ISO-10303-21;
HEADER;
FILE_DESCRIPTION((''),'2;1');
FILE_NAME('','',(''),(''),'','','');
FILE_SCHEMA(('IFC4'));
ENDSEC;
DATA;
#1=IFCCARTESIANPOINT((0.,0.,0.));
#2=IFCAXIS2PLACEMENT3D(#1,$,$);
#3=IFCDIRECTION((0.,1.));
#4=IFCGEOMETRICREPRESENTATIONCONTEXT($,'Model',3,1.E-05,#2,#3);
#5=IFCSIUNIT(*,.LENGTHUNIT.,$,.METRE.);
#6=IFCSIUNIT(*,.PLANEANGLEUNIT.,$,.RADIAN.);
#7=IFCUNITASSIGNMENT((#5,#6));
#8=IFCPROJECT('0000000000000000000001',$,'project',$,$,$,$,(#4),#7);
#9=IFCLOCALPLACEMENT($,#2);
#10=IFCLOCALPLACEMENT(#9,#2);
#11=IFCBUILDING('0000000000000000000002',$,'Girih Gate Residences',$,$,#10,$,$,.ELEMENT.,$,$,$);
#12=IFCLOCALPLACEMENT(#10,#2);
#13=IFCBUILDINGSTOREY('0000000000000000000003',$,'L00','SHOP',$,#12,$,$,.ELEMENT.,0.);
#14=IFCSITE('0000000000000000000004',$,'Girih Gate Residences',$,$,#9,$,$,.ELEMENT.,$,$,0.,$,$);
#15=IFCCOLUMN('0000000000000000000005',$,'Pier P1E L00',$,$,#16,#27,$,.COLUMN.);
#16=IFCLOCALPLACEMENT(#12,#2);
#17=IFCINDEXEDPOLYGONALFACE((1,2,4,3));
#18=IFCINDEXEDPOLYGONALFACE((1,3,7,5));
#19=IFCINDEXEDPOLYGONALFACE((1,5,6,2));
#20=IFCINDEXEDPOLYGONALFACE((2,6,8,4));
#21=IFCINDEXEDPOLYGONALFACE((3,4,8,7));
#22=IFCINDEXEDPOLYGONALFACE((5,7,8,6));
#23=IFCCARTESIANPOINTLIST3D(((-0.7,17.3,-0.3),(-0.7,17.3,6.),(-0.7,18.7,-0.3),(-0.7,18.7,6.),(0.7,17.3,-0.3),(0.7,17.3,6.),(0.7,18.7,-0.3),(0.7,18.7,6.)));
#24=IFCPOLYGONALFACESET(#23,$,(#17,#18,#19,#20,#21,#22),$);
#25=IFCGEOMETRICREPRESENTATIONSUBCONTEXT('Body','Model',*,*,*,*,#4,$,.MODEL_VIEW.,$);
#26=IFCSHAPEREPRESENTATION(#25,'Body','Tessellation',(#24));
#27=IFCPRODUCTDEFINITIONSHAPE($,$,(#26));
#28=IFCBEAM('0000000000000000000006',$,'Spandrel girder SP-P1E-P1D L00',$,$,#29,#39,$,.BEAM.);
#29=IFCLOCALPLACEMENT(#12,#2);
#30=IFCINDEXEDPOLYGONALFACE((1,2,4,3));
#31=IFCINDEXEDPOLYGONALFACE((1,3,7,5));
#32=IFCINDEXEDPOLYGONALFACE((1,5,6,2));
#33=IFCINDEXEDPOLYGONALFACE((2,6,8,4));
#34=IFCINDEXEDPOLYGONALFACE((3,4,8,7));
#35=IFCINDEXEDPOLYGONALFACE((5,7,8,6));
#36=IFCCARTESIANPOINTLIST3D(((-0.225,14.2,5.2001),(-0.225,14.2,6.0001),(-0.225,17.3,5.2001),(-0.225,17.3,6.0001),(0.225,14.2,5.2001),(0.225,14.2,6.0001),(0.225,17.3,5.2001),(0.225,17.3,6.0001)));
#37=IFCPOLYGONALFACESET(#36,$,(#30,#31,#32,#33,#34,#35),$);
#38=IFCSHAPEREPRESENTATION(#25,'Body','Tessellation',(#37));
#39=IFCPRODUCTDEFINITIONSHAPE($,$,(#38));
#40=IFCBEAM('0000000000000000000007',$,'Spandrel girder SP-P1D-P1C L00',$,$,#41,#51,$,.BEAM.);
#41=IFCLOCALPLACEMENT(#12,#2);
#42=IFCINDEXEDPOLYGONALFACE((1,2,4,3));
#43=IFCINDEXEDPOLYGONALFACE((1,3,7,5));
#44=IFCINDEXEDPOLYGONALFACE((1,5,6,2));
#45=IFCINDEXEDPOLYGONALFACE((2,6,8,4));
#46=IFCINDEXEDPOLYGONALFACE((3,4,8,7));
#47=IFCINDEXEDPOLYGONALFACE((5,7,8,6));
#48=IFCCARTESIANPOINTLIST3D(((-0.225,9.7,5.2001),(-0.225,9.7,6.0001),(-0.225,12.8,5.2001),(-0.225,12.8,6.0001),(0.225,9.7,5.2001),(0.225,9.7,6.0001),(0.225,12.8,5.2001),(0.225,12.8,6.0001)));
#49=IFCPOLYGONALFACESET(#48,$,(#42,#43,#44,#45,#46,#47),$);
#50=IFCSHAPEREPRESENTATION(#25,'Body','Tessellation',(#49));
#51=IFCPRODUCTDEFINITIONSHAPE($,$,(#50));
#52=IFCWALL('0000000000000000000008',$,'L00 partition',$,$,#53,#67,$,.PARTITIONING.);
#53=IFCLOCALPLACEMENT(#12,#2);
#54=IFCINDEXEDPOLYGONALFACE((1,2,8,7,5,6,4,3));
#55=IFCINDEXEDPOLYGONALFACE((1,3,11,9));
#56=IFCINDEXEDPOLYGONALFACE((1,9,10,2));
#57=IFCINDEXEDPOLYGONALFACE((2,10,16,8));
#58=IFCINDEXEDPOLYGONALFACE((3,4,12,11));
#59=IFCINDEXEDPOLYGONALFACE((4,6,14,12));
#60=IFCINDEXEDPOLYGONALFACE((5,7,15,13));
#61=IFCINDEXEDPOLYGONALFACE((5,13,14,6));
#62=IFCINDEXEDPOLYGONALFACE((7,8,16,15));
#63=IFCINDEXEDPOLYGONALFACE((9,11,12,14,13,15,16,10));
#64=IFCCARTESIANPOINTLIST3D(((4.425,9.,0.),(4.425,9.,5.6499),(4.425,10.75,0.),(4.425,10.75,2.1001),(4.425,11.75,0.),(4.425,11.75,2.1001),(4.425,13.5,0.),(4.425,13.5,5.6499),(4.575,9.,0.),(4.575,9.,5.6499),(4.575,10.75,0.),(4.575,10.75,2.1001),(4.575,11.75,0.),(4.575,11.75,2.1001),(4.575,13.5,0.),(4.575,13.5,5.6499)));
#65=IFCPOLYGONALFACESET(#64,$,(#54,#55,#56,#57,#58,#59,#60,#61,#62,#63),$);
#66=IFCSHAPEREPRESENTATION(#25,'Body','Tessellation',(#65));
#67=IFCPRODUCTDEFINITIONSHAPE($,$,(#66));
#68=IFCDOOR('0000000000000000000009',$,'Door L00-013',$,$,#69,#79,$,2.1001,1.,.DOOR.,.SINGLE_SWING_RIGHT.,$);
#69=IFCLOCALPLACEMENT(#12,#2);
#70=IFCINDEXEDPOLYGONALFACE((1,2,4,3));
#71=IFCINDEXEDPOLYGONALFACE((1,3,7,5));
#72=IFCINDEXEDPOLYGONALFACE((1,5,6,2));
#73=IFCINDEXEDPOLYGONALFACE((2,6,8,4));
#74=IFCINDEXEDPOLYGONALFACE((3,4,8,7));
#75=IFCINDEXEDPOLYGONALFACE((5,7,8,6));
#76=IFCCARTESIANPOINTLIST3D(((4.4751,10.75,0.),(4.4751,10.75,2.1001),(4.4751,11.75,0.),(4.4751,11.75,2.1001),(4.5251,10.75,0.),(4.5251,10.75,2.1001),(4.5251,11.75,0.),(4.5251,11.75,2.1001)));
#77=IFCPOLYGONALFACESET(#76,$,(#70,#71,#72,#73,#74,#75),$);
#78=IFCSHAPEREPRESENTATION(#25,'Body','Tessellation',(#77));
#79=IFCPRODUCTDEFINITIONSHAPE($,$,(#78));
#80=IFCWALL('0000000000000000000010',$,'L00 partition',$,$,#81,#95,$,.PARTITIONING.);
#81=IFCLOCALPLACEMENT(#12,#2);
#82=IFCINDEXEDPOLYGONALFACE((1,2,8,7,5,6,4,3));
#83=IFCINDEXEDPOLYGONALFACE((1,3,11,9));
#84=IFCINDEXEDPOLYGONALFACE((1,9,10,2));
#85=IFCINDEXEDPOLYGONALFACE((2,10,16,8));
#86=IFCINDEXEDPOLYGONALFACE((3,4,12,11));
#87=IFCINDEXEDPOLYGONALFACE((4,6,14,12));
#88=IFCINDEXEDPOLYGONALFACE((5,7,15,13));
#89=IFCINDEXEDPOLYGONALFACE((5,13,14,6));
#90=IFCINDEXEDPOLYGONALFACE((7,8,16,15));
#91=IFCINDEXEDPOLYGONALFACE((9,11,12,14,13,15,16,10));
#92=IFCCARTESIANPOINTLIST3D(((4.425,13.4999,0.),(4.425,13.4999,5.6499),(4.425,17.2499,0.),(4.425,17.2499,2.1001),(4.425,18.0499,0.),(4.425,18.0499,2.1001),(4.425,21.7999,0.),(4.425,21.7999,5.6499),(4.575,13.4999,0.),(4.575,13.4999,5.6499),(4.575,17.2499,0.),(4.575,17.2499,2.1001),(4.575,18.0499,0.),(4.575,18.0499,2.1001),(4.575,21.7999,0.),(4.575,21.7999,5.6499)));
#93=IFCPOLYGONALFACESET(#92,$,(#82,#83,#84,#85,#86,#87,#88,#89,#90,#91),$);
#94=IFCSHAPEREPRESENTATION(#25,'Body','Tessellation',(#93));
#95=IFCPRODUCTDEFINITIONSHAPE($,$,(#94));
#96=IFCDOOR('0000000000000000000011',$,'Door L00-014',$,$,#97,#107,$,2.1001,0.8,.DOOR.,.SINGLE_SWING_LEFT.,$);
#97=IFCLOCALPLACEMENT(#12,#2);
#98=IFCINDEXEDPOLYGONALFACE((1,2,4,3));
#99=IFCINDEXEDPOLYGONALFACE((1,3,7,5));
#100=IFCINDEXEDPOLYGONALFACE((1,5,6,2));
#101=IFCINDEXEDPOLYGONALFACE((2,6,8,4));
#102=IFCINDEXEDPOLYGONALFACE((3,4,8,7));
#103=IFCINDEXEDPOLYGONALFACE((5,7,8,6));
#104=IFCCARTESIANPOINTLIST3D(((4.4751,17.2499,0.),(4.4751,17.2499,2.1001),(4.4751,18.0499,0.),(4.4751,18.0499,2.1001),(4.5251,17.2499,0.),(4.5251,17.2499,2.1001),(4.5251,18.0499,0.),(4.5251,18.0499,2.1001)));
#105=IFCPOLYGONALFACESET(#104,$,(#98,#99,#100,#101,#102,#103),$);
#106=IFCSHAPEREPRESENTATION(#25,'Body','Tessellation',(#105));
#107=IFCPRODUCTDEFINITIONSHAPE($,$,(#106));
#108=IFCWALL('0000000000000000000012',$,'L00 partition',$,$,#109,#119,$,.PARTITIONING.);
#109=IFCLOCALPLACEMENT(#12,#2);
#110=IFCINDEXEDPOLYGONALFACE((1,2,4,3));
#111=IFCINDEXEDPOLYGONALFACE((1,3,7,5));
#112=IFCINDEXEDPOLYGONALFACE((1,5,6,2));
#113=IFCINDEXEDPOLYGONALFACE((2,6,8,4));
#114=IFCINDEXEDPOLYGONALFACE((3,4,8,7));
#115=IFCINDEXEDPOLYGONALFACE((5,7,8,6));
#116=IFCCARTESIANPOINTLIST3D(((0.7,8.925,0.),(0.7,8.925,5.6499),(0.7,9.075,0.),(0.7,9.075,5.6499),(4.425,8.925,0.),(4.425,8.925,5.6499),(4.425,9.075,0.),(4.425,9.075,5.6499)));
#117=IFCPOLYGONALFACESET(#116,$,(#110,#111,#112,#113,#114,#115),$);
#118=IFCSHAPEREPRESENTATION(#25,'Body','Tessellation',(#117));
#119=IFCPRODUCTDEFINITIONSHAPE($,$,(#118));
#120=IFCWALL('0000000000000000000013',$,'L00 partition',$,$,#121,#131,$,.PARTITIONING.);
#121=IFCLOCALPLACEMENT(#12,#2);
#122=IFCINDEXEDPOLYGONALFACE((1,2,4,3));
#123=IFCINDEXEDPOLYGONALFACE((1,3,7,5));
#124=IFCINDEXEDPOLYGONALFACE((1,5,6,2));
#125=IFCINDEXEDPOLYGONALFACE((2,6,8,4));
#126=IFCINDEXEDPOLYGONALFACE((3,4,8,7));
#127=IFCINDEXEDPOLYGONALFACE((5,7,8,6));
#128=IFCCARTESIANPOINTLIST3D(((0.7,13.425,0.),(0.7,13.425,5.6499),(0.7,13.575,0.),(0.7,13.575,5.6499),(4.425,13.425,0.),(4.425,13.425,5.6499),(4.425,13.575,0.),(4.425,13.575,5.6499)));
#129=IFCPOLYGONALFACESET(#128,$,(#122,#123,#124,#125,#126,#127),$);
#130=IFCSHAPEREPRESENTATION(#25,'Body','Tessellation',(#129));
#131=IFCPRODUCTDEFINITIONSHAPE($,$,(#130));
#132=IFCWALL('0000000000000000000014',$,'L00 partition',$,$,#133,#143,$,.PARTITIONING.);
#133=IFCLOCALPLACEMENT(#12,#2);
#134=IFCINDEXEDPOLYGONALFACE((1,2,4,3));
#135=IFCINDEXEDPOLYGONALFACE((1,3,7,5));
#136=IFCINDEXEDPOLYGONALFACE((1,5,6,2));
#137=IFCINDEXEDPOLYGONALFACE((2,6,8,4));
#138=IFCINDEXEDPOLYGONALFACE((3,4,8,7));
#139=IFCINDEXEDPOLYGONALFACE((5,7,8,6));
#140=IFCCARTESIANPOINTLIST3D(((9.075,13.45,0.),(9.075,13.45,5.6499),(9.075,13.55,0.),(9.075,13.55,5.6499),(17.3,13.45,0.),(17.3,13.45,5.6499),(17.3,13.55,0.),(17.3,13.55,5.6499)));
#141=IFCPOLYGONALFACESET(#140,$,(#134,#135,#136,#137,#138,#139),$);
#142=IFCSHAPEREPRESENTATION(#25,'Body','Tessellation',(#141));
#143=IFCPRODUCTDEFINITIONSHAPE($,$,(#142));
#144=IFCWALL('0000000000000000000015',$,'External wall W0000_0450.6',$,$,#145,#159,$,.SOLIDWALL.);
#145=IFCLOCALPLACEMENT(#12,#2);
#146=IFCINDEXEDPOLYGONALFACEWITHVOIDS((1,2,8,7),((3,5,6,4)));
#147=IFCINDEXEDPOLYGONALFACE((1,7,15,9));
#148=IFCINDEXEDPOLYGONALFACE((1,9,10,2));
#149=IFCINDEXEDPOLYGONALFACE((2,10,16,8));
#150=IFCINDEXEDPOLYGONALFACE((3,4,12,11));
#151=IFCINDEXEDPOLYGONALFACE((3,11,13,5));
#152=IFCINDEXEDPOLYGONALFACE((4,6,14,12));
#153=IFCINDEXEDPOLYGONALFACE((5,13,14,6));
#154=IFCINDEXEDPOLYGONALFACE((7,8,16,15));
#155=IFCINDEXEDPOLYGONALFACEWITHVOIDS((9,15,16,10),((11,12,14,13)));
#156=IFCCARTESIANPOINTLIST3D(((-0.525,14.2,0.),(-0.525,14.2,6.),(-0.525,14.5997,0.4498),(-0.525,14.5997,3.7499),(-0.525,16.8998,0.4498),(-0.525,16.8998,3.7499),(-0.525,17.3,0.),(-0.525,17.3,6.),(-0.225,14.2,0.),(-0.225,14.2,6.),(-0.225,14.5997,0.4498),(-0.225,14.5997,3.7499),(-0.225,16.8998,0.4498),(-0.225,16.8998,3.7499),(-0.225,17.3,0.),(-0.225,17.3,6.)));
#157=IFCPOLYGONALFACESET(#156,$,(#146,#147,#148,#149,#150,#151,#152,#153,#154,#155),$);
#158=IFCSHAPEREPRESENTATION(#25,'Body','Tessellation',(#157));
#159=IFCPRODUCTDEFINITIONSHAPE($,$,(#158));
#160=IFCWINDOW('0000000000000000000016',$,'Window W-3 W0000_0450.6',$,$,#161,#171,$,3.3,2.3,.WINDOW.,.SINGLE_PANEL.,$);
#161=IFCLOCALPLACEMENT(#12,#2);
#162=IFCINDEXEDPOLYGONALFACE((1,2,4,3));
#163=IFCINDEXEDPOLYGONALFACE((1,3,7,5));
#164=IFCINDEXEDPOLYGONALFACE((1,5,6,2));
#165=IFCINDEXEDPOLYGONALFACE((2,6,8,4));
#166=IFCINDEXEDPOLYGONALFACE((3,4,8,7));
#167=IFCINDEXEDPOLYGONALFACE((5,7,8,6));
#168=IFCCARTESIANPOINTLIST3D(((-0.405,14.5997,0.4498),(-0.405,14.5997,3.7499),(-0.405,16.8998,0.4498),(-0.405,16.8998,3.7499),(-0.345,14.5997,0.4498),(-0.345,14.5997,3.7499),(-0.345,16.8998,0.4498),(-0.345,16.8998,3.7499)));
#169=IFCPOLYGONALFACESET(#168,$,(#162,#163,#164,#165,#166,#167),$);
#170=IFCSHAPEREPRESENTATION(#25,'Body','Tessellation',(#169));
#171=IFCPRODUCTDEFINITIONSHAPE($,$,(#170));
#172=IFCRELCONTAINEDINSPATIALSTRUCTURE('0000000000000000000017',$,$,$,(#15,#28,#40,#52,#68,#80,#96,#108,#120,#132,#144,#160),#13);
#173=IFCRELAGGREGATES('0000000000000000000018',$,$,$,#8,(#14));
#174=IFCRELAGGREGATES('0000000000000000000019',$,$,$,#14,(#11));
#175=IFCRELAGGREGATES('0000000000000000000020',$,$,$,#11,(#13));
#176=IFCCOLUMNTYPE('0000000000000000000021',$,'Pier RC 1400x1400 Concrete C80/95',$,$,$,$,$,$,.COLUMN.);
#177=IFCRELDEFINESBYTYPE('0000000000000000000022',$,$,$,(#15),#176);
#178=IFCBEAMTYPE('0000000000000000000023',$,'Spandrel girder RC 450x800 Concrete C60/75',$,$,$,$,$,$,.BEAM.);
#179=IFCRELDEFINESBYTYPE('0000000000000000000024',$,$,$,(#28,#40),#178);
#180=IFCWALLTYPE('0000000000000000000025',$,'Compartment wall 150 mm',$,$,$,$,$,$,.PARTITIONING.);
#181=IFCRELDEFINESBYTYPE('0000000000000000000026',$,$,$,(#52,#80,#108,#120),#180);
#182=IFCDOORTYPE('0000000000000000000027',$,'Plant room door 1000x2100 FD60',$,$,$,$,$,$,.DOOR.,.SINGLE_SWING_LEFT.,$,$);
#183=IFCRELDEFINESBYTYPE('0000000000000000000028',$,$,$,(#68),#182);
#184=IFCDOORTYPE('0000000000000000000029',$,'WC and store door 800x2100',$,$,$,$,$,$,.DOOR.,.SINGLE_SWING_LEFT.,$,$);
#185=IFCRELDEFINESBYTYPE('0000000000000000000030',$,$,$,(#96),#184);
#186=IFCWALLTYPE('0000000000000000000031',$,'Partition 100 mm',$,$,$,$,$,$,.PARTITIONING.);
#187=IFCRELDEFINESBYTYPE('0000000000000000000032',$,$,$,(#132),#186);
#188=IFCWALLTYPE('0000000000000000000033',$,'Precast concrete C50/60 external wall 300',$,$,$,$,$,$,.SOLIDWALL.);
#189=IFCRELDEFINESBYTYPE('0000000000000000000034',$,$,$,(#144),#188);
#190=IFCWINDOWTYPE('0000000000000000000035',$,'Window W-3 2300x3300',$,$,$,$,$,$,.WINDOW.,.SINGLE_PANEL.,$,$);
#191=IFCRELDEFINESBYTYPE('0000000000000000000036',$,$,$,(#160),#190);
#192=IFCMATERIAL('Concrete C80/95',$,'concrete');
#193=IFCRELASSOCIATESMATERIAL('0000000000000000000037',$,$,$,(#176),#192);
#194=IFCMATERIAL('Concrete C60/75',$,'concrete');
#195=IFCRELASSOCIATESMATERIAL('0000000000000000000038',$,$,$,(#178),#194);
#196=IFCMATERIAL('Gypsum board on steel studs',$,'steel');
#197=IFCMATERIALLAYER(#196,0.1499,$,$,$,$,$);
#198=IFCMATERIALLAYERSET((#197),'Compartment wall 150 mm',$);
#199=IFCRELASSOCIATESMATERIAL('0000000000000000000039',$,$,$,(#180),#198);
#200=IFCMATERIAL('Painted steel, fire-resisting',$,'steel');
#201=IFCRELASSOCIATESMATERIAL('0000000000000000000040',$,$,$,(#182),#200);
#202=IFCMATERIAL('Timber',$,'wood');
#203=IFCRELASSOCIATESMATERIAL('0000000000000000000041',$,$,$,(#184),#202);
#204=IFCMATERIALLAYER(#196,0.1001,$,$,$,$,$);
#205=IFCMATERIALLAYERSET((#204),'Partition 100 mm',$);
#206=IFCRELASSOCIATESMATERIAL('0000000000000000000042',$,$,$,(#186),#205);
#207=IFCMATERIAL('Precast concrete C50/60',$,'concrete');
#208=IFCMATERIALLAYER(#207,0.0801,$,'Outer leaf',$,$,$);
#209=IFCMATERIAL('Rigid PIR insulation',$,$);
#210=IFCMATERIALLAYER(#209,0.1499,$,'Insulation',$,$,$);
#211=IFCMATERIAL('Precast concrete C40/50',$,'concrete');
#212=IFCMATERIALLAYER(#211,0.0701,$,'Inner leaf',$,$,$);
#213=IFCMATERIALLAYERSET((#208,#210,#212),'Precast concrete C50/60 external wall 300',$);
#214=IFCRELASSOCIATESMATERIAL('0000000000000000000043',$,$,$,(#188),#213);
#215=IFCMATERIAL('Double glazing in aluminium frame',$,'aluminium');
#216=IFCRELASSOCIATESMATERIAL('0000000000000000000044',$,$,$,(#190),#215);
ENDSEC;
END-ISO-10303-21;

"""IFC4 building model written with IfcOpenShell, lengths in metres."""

from ifc_helpers import new_model, si_unit, direction, frame, frame_2d, origin, origin_2d, place, context, subcontext, project, spatial, rectangle, extrude, material, layer, layer_set, material_profile, profile_set, type_object, element, fill, save


model = new_model("IFC4")

# Units and contexts
model_context = context("Model", 3, precision=1e-05, world=origin(), true_north=direction((0.0, 1.0)))
body_context = subcontext(model_context, "Body", "Model", "MODEL_VIEW")
ifc_project = project(units=[si_unit("LENGTHUNIT", "METRE"), si_unit("PLANEANGLEUNIT", "RADIAN")], contexts=[model_context])

# Site, building, storey
site_placement = place(None, origin())
site = spatial("IfcSite", under=ifc_project, at=site_placement, Name="Girih Gate Residences", CompositionType="ELEMENT", RefElevation=0.0)
building_placement = place(site_placement, origin())
building = spatial("IfcBuilding", under=site, at=building_placement, Name="Girih Gate Residences", CompositionType="ELEMENT")
storey_placement = place(building_placement, origin())
storey = spatial("IfcBuildingStorey", under=building, at=storey_placement, Name="L00", Description="SHOP", CompositionType="ELEMENT", Elevation=0.0)

# Column
ifc_material_1 = material(Name="Concrete C80/95", Category="concrete")
ifc_material_profile_1 = material_profile(ifc_material_1, rectangle(XDim=1.3999, YDim=1.3999, at=origin_2d()))
ifc_profile_set_1 = profile_set([ifc_material_profile_1], Name="Concrete C80/95")
column_type = type_object("IfcColumnType", Name="Pier RC 1400x1400 Concrete C80/95", PredefinedType="COLUMN", material=ifc_profile_set_1)
for number, where, z_axis, x_axis, name in (
    (1, (0.0, 18.0, -0.3), (0.0, 0.0, 1.0), (1.0, 0.0, 0.0), "Pier P1E L00"),
):
    element("IfcColumn", number, at=place(storey_placement, frame(where, z_axis=z_axis, x_axis=x_axis)), inside=storey, type_object=column_type, Name=name, PredefinedType="COLUMN", context=body_context, shape_type="SweptSolid", body=[
        extrude(rectangle(XDim=1.3999, YDim=1.3999, at=origin_2d()), origin(), (0.0, 0.0, 1.0), 6.3),
    ])

# Beams
ifc_material_2 = material(Name="Concrete C60/75", Category="concrete")
ifc_material_profile_2 = material_profile(ifc_material_2, rectangle(XDim=0.45, YDim=0.8, at=origin_2d()))
ifc_profile_set_2 = profile_set([ifc_material_profile_2], Name="Concrete C60/75")
beam_type = type_object("IfcBeamType", Name="Spandrel girder RC 450x800 Concrete C60/75", PredefinedType="BEAM", material=ifc_profile_set_2)
for number, where, z_axis, x_axis, name in (
    (2, (0.0, 17.3, 5.6001), (0.0, -1.0, 0.0), (1.0, 0.0, 0.0), "Spandrel girder SP-P1E-P1D L00"),
    (3, (0.0, 12.8, 5.6001), (0.0, -1.0, 0.0), (1.0, 0.0, 0.0), "Spandrel girder SP-P1D-P1C L00"),
):
    element("IfcBeam", number, at=place(storey_placement, frame(where, z_axis=z_axis, x_axis=x_axis)), inside=storey, type_object=beam_type, Name=name, PredefinedType="BEAM", context=body_context, shape_type="SweptSolid", body=[
        extrude(rectangle(XDim=0.45, YDim=0.8, at=origin_2d()), origin(), (0.0, 0.0, 1.0), 3.1001),
    ])

# Walls, openings, doors
ifc_material_3 = material(Name="Gypsum board on steel studs", Category="steel")
ifc_layer_1 = layer(ifc_material_3, 0.1499)
ifc_layer_set_1 = layer_set([ifc_layer_1], Name="Compartment wall 150 mm")
wall_type_1 = type_object("IfcWallType", Name="Compartment wall 150 mm", PredefinedType="PARTITIONING", material=ifc_layer_set_1)
wall_1_placement = place(storey_placement, frame((4.5, 9.0, 0.0), z_axis=(0.0, 0.0, 1.0), x_axis=(0.0, 1.0, 0.0)))
wall_1 = element("IfcWall", 4, at=wall_1_placement, inside=storey, type_object=wall_type_1, Name="L00 partition", PredefinedType="PARTITIONING", context=body_context, shape_type="SweptSolid", body=[
    extrude(rectangle(XDim=4.5, YDim=0.1499, at=frame_2d((2.25, 0.0))), origin(), (0.0, 0.0, 1.0), 5.6499),
])
opening_1_placement = place(wall_1_placement, frame((1.75, 0.0, 0.0)))
opening_1 = element("IfcOpeningElement", 5, at=opening_1_placement, cuts=wall_1, PredefinedType="OPENING", context=body_context, shape_type="SweptSolid", body=[
    extrude(rectangle(XDim=1.0, YDim=2.1001, at=frame_2d((0.5, 1.05))), frame((0.0, 0.085, 0.0), z_axis=(0.0, -1.0, 0.0), x_axis=(1.0, 0.0, 0.0)), (0.0, 0.0, 1.0), 0.1699),
])
ifc_material_4 = material(Name="Painted steel, fire-resisting", Category="steel")
door_type_1 = type_object("IfcDoorType", Name="Plant room door 1000x2100 FD60", OperationType="SINGLE_SWING_LEFT", PredefinedType="DOOR", material=ifc_material_4)
door_1_placement = place(opening_1_placement, origin())
door_1 = element("IfcDoor", 6, at=door_1_placement, inside=storey, type_object=door_type_1, Name="Door L00-013", OperationType="SINGLE_SWING_RIGHT", OverallHeight=2.1001, OverallWidth=1.0, PredefinedType="DOOR", context=body_context, shape_type="SweptSolid", body=[
    extrude(rectangle(XDim=1.0, YDim=2.1001, at=frame_2d((0.5, 1.05))), frame((0.0, 0.0249, 0.0), z_axis=(0.0, -1.0, 0.0), x_axis=(1.0, 0.0, 0.0)), (0.0, 0.0, 1.0), 0.05),
])
fill(opening_1, door_1)
wall_2_placement = place(storey_placement, frame((4.5, 13.5, 0.0), z_axis=(0.0, 0.0, 1.0), x_axis=(0.0, 1.0, 0.0)))
wall_2 = element("IfcWall", 7, at=wall_2_placement, inside=storey, type_object=wall_type_1, Name="L00 partition", PredefinedType="PARTITIONING", context=body_context, shape_type="SweptSolid", body=[
    extrude(rectangle(XDim=8.3, YDim=0.1499, at=frame_2d((4.1499, 0.0))), origin(), (0.0, 0.0, 1.0), 5.6499),
])
opening_2_placement = place(wall_2_placement, frame((3.75, 0.0, 0.0)))
opening_2 = element("IfcOpeningElement", 8, at=opening_2_placement, cuts=wall_2, PredefinedType="OPENING", context=body_context, shape_type="SweptSolid", body=[
    extrude(rectangle(XDim=0.8, YDim=2.1001, at=frame_2d((0.3999, 1.05))), frame((0.0, 0.085, 0.0), z_axis=(0.0, -1.0, 0.0), x_axis=(1.0, 0.0, 0.0)), (0.0, 0.0, 1.0), 0.1699),
])
ifc_material_5 = material(Name="Timber", Category="wood")
door_type_2 = type_object("IfcDoorType", Name="WC and store door 800x2100", OperationType="SINGLE_SWING_LEFT", PredefinedType="DOOR", material=ifc_material_5)
door_2_placement = place(opening_2_placement, origin())
door_2 = element("IfcDoor", 9, at=door_2_placement, inside=storey, type_object=door_type_2, Name="Door L00-014", OperationType="SINGLE_SWING_LEFT", OverallHeight=2.1001, OverallWidth=0.8, PredefinedType="DOOR", context=body_context, shape_type="SweptSolid", body=[
    extrude(rectangle(XDim=0.8, YDim=2.1001, at=frame_2d((0.3999, 1.05))), frame((0.0, 0.0249, 0.0), z_axis=(0.0, -1.0, 0.0), x_axis=(1.0, 0.0, 0.0)), (0.0, 0.0, 1.0), 0.05),
])
fill(opening_2, door_2)

# Walls
for number, where, z_axis, x_axis, name in (
    (10, (0.7, 9.0, 0.0), (0.0, 0.0, 1.0), (1.0, 0.0, 0.0), "L00 partition"),
    (11, (0.7, 13.5, 0.0), (0.0, 0.0, 1.0), (1.0, 0.0, 0.0), "L00 partition"),
):
    element("IfcWall", number, at=place(storey_placement, frame(where, z_axis=z_axis, x_axis=x_axis)), inside=storey, type_object=wall_type_1, Name=name, PredefinedType="PARTITIONING", context=body_context, shape_type="SweptSolid", body=[
        extrude(rectangle(XDim=3.7251, YDim=0.1499, at=frame_2d((1.8625, 0.0))), origin(), (0.0, 0.0, 1.0), 5.6499),
    ])
ifc_layer_2 = layer(ifc_material_3, 0.1001)
ifc_layer_set_2 = layer_set([ifc_layer_2], Name="Partition 100 mm")
wall_type_2 = type_object("IfcWallType", Name="Partition 100 mm", PredefinedType="PARTITIONING", material=ifc_layer_set_2)
wall_3_placement = place(storey_placement, frame((9.075, 13.5, 0.0), z_axis=(0.0, 0.0, 1.0), x_axis=(1.0, 0.0, 0.0)))
element("IfcWall", 12, at=wall_3_placement, inside=storey, type_object=wall_type_2, Name="L00 partition", PredefinedType="PARTITIONING", context=body_context, shape_type="SweptSolid", body=[
    extrude(rectangle(XDim=8.2251, YDim=0.1001, at=frame_2d((4.1125, 0.0))), origin(), (0.0, 0.0, 1.0), 5.6499),
])

# Wall, opening, window
ifc_material_6 = material(Name="Precast concrete C50/60", Category="concrete")
ifc_layer_3 = layer(ifc_material_6, 0.0801, Name="Outer leaf")
ifc_material_7 = material(Name="Rigid PIR insulation")
ifc_layer_4 = layer(ifc_material_7, 0.1499, Name="Insulation")
ifc_material_8 = material(Name="Precast concrete C40/50", Category="concrete")
ifc_layer_5 = layer(ifc_material_8, 0.0701, Name="Inner leaf")
ifc_layer_set_3 = layer_set([ifc_layer_3, ifc_layer_4, ifc_layer_5], Name="Precast concrete C50/60 external wall 300")
wall_type_3 = type_object("IfcWallType", Name="Precast concrete C50/60 external wall 300", PredefinedType="SOLIDWALL", material=ifc_layer_set_3)
wall_4_placement = place(storey_placement, frame((-0.375, 14.2, 0.0), z_axis=(0.0, 0.0, 1.0), x_axis=(0.0, 1.0, 0.0)))
wall_4 = element("IfcWall", 13, at=wall_4_placement, inside=storey, type_object=wall_type_3, Name="External wall W0000_0450.6", PredefinedType="SOLIDWALL", context=body_context, shape_type="SweptSolid", body=[
    extrude(rectangle(XDim=3.1001, YDim=0.3, at=frame_2d((1.55, 0.0))), origin(), (0.0, 0.0, 1.0), 6.0),
])
opening_3_placement = place(wall_4_placement, frame((0.3999, 0.0, 0.45)))
opening_3 = element("IfcOpeningElement", 14, at=opening_3_placement, cuts=wall_4, PredefinedType="OPENING", context=body_context, shape_type="SweptSolid", body=[
    extrude(rectangle(XDim=2.3, YDim=3.3, at=frame_2d((1.1499, 1.6499))), frame((0.0, 0.1599, 0.0), z_axis=(0.0, -1.0, 0.0), x_axis=(1.0, 0.0, 0.0)), (0.0, 0.0, 1.0), 0.3201),
])
ifc_material_9 = material(Name="Double glazing in aluminium frame", Category="aluminium")
window_type = type_object("IfcWindowType", Name="Window W-3 2300x3300", PartitioningType="SINGLE_PANEL", PredefinedType="WINDOW", material=ifc_material_9)
window_1_placement = place(opening_3_placement, origin())
window_1 = element("IfcWindow", 15, at=window_1_placement, inside=storey, type_object=window_type, Name="Window W-3 W0000_0450.6", OverallHeight=3.3, OverallWidth=2.3, PartitioningType="SINGLE_PANEL", PredefinedType="WINDOW", context=body_context, shape_type="SweptSolid", body=[
    extrude(rectangle(XDim=2.3, YDim=3.3, at=frame_2d((1.1499, 1.6499))), frame((0.0, 0.03, 0.0), z_axis=(0.0, -1.0, 0.0), x_axis=(1.0, 0.0, 0.0)), (0.0, 0.0, 1.0), 0.0601),
])
fill(opening_3, window_1)

save(model, "model.ifc")
